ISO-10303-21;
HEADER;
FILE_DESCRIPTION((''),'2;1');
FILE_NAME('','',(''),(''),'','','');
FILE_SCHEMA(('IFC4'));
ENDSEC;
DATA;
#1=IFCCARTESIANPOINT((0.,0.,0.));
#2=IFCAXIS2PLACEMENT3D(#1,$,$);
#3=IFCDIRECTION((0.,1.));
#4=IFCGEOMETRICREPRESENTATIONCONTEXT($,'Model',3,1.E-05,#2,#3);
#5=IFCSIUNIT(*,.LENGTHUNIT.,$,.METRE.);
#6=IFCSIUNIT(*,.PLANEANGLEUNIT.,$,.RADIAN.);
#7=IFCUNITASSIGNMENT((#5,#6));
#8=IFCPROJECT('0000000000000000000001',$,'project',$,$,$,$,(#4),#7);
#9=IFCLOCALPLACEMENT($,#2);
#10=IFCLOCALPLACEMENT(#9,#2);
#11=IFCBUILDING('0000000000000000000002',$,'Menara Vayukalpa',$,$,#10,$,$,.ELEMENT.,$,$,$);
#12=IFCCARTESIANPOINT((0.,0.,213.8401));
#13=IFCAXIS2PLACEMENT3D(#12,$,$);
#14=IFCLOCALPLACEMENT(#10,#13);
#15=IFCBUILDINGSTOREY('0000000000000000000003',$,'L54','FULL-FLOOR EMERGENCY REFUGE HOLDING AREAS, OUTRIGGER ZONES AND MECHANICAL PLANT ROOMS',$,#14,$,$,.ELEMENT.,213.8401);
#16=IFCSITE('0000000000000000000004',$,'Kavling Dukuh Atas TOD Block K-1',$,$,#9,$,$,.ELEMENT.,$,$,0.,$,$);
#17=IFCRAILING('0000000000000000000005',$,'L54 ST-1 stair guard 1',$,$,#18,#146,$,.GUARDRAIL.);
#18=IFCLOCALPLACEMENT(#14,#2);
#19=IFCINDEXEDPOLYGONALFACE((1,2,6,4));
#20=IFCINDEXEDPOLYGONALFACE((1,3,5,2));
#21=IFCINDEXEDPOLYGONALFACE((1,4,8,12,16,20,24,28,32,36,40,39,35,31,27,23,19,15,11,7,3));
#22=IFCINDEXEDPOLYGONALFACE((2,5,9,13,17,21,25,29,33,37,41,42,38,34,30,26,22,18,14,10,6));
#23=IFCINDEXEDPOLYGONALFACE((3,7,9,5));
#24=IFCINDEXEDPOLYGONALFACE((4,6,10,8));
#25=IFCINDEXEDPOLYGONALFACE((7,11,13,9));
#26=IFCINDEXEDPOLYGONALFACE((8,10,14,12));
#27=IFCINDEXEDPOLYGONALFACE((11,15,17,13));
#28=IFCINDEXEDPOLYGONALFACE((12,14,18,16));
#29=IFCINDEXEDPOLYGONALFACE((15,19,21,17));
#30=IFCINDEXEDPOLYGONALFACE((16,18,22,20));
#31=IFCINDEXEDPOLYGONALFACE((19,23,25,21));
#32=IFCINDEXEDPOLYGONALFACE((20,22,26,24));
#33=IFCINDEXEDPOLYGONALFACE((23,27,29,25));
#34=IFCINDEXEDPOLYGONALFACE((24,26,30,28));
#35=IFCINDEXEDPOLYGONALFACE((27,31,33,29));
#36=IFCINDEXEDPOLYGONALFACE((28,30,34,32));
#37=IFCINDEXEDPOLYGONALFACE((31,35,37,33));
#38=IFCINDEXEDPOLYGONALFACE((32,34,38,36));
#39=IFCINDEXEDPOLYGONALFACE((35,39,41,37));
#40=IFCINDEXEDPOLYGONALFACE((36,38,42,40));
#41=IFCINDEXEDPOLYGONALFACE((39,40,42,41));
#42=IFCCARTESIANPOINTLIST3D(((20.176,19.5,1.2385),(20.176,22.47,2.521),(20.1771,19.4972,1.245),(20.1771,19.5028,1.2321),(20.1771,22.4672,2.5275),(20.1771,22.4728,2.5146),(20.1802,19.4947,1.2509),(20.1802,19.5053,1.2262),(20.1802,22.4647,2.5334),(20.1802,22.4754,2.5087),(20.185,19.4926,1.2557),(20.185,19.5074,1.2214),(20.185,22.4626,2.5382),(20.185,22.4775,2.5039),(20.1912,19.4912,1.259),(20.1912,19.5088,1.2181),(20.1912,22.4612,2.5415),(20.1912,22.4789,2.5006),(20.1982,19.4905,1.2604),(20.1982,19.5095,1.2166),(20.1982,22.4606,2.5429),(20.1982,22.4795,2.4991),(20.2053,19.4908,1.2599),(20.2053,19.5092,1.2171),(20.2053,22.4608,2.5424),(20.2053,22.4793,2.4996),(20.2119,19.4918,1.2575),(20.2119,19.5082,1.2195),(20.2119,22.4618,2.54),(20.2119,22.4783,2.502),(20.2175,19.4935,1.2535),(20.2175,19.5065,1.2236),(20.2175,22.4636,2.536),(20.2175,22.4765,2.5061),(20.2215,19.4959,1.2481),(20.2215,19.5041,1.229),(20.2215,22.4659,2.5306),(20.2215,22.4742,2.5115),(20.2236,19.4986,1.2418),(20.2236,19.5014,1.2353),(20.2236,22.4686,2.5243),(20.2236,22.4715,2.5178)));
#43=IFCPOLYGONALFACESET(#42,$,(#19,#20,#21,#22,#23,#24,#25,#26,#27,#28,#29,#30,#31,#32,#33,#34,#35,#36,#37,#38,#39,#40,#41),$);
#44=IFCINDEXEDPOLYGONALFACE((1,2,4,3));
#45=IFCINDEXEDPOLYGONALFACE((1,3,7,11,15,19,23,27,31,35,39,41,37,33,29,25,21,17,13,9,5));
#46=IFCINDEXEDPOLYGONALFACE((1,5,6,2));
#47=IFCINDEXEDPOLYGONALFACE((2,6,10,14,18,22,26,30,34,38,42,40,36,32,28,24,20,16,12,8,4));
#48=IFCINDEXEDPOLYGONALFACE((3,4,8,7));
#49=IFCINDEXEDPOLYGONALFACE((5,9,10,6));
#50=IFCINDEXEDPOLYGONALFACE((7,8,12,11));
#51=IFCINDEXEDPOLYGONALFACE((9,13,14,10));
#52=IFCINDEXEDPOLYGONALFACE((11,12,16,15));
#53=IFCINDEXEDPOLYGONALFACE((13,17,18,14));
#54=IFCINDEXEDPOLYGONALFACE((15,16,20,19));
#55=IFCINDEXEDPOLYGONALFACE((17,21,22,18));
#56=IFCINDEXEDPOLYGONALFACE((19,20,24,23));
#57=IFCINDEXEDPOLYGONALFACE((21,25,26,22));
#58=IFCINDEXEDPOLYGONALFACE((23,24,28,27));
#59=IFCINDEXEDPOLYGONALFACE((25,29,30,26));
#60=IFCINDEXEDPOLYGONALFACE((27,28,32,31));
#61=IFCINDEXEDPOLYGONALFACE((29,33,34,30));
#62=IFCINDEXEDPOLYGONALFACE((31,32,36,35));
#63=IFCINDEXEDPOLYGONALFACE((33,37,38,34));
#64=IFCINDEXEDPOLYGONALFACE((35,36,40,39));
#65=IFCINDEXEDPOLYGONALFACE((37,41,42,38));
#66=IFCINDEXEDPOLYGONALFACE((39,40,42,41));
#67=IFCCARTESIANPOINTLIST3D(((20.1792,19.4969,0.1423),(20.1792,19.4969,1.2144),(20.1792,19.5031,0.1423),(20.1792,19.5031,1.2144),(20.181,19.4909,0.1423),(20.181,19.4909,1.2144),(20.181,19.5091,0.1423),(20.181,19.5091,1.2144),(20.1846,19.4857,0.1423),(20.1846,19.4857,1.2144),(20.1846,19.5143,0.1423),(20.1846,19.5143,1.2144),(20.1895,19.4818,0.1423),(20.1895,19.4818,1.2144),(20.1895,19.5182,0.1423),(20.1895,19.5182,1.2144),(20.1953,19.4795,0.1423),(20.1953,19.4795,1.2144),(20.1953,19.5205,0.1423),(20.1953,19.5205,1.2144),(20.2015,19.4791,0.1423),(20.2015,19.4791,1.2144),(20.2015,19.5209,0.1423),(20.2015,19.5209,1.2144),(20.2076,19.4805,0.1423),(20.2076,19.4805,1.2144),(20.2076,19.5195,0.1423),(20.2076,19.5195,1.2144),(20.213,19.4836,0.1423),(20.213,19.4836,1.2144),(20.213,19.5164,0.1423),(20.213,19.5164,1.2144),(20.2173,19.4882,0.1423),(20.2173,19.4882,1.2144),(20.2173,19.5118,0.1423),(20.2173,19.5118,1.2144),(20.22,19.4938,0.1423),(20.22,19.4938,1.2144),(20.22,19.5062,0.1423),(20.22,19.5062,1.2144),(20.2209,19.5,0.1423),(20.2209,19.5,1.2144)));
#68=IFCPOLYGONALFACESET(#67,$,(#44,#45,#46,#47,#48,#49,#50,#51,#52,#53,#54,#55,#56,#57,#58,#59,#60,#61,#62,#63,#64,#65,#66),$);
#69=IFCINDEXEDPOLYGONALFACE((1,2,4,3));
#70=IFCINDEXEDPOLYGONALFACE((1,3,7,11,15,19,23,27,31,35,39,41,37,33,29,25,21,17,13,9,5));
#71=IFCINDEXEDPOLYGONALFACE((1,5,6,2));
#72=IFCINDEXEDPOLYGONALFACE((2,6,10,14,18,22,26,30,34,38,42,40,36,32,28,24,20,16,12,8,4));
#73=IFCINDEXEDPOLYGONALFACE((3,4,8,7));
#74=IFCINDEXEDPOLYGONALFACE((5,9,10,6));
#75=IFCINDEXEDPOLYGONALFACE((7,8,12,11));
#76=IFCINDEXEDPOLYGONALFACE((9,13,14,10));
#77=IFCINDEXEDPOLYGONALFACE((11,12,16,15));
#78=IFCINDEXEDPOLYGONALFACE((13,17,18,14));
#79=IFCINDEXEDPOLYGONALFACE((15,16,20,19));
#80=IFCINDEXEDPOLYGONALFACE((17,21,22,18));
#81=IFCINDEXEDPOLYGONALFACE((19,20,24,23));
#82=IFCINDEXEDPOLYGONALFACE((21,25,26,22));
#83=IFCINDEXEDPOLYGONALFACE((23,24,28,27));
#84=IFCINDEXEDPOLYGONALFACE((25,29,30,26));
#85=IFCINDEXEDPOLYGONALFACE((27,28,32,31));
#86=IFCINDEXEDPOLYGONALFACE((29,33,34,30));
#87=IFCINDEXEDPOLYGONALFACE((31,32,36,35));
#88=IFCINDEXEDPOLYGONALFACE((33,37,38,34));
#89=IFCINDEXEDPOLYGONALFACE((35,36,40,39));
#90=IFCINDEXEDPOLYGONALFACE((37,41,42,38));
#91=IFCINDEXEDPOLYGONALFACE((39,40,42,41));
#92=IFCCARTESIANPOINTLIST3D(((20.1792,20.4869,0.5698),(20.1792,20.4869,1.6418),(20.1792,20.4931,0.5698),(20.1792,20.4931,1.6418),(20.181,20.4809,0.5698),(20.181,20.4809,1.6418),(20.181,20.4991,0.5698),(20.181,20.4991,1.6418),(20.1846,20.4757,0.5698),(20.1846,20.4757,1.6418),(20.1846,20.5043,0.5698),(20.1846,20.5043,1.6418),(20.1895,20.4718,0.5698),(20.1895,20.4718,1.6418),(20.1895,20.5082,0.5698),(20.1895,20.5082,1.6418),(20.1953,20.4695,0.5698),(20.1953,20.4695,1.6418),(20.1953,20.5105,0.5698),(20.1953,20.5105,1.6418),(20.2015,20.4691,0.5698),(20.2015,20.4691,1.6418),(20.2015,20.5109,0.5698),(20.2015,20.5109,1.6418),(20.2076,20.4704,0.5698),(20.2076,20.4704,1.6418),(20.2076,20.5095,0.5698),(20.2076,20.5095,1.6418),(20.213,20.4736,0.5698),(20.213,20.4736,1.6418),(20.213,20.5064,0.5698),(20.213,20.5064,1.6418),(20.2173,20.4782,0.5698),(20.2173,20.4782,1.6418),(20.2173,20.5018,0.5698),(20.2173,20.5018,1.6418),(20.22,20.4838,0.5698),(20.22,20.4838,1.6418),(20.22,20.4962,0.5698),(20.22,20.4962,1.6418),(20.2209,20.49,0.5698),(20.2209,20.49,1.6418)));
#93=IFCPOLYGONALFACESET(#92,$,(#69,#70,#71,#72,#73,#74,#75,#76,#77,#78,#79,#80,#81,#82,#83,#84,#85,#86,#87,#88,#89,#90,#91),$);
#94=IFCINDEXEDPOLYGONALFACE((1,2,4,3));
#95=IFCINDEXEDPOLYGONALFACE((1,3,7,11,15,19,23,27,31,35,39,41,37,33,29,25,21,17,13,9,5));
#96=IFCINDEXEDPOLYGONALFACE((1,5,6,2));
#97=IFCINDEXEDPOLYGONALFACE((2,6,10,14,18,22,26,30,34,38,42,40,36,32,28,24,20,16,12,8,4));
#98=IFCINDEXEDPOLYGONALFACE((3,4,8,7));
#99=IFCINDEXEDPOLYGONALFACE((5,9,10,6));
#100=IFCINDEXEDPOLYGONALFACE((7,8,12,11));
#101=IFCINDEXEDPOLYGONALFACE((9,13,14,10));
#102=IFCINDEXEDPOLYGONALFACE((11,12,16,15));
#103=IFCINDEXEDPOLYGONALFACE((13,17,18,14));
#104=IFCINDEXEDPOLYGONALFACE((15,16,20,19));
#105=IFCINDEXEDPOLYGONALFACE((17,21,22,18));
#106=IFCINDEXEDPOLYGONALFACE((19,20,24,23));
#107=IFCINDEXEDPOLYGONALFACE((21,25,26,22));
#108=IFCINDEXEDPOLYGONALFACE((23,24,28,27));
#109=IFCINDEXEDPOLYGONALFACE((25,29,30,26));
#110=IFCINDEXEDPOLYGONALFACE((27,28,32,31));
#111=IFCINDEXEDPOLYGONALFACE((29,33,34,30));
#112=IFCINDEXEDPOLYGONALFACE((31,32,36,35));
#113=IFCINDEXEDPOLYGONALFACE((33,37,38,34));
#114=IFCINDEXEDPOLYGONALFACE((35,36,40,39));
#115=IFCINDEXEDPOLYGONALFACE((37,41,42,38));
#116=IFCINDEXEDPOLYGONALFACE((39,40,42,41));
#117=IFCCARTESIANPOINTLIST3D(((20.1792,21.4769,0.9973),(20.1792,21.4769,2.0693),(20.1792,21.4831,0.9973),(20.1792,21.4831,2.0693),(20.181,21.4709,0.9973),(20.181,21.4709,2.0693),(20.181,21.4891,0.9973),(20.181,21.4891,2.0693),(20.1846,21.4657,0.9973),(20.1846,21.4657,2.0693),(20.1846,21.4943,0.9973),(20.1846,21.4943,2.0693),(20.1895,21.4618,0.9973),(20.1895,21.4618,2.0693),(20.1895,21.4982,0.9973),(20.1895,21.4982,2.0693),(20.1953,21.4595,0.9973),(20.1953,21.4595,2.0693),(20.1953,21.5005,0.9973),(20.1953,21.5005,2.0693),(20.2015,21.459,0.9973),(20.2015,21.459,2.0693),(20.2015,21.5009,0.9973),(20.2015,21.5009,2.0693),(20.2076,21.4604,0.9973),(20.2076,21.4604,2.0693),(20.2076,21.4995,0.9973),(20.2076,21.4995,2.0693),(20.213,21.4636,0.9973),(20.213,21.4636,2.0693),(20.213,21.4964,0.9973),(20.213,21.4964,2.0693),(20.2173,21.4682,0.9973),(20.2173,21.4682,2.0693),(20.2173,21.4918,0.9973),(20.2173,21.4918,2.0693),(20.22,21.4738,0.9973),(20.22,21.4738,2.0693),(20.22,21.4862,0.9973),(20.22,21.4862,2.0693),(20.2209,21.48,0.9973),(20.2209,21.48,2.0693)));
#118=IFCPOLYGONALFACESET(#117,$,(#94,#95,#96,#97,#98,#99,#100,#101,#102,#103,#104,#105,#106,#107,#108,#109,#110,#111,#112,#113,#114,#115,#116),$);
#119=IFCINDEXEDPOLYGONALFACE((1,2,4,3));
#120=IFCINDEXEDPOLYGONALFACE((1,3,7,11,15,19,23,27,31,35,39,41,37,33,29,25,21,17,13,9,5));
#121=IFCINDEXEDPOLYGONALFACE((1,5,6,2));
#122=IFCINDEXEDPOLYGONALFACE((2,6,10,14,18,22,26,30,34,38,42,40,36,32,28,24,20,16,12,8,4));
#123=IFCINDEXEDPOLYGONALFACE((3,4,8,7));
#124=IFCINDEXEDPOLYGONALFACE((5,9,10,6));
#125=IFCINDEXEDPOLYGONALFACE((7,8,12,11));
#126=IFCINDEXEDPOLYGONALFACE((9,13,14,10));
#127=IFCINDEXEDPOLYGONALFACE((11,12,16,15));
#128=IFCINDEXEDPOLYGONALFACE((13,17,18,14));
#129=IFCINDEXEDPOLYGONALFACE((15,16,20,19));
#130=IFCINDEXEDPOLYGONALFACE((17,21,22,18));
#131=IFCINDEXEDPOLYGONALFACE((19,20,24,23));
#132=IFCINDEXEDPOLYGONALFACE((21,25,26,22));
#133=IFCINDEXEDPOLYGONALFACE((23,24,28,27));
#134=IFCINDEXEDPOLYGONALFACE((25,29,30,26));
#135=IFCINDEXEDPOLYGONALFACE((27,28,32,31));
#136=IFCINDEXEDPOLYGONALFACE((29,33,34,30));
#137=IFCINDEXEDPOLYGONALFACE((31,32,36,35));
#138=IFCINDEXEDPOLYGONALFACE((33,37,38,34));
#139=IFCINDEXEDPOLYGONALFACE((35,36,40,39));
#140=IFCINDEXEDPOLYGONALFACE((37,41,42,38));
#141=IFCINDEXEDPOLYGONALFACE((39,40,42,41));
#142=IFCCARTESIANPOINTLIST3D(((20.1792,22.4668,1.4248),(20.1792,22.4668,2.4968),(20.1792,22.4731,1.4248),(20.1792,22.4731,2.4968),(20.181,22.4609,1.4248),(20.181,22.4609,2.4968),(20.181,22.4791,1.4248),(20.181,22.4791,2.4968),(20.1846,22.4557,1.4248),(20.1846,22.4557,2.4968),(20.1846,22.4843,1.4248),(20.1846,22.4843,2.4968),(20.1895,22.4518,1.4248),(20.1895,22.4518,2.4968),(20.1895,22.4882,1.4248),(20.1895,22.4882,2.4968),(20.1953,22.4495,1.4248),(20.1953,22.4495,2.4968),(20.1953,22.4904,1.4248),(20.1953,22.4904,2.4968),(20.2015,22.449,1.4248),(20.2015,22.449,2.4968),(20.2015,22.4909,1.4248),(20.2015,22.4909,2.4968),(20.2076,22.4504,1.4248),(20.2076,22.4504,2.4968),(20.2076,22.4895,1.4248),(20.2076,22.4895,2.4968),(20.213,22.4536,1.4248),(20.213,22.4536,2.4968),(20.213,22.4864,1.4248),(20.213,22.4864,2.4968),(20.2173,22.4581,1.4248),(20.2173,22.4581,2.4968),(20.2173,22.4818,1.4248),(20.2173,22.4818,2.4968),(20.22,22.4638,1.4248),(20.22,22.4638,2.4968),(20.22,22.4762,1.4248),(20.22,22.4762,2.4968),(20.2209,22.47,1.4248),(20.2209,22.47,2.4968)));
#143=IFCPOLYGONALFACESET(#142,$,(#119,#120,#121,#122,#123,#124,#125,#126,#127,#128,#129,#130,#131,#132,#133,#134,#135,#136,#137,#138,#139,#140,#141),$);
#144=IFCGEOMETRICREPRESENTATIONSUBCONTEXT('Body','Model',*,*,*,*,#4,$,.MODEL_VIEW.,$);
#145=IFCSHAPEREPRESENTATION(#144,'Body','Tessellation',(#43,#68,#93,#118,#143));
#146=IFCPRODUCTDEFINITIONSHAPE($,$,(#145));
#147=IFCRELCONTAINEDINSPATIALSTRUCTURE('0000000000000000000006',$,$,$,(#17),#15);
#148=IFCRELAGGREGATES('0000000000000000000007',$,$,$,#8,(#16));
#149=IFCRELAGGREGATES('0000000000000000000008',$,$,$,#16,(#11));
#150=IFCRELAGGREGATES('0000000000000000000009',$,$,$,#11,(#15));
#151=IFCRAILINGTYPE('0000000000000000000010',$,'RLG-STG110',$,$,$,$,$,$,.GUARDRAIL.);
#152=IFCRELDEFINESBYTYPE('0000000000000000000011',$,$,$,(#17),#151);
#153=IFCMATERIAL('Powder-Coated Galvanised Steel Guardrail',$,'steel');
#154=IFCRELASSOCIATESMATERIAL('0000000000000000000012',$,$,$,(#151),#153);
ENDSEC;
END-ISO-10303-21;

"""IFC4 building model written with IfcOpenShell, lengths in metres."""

from ifc_helpers import new_model, si_unit, direction, frame, origin, origin_2d, place, context, subcontext, project, spatial, circle, extrude, material, type_object, element, save


model = new_model("IFC4")

# Units and contexts
model_context = context("Model", 3, precision=1e-05, world=origin(), true_north=direction((0.0, 1.0)))
body_context = subcontext(model_context, "Body", "Model", "MODEL_VIEW")
ifc_project = project(units=[si_unit("LENGTHUNIT", "METRE"), si_unit("PLANEANGLEUNIT", "RADIAN")], contexts=[model_context])

# Site, building, storey
site_placement = place(None, origin())
site = spatial("IfcSite", under=ifc_project, at=site_placement, Name="Kavling Dukuh Atas TOD Block K-1", CompositionType="ELEMENT", RefElevation=0.0)
building_placement = place(site_placement, origin())
building = spatial("IfcBuilding", under=site, at=building_placement, Name="Menara Vayukalpa", CompositionType="ELEMENT")
storey_placement = place(building_placement, frame((0.0, 0.0, 213.8401)))
storey = spatial("IfcBuildingStorey", under=building, at=storey_placement, Name="L54", Description="FULL-FLOOR EMERGENCY REFUGE HOLDING AREAS, OUTRIGGER ZONES AND MECHANICAL PLANT ROOMS", CompositionType="ELEMENT", Elevation=213.8401)

# Railing
ifc_material_1 = material(Name="Powder-Coated Galvanised Steel Guardrail", Category="steel")
railing_type_1 = type_object("IfcRailingType", Name="RLG-STG110", PredefinedType="GUARDRAIL", material=ifc_material_1)
railing_1_placement = place(storey_placement, frame((20.2, 19.5, 0.1423)))
element("IfcRailing", 1, at=railing_1_placement, inside=storey, type_object=railing_type_1, Name="L54 ST-1 stair guard 1", PredefinedType="GUARDRAIL", context=body_context, shape_type="SweptSolid", body=[
    extrude(circle(Radius=0.0239, at=origin_2d()), frame((0.0, 0.0, 1.0962), z_axis=(0.0, 0.918064, 0.396432), x_axis=(-1.0, 0.0, 0.0)), (0.0, 0.0, 1.0), 3.2351),
    extrude(circle(Radius=0.021, at=origin_2d()), origin(), (0.0, 0.0, 1.0), 1.072),
    extrude(circle(Radius=0.021, at=origin_2d()), frame((0.0, 0.99, 0.4275)), (0.0, 0.0, 1.0), 1.072),
    extrude(circle(Radius=0.021, at=origin_2d()), frame((0.0, 1.98, 0.855)), (0.0, 0.0, 1.0), 1.072),
    extrude(circle(Radius=0.021, at=origin_2d()), frame((0.0, 2.97, 1.2825)), (0.0, 0.0, 1.0), 1.072),
])

save(model, "model.ifc")
